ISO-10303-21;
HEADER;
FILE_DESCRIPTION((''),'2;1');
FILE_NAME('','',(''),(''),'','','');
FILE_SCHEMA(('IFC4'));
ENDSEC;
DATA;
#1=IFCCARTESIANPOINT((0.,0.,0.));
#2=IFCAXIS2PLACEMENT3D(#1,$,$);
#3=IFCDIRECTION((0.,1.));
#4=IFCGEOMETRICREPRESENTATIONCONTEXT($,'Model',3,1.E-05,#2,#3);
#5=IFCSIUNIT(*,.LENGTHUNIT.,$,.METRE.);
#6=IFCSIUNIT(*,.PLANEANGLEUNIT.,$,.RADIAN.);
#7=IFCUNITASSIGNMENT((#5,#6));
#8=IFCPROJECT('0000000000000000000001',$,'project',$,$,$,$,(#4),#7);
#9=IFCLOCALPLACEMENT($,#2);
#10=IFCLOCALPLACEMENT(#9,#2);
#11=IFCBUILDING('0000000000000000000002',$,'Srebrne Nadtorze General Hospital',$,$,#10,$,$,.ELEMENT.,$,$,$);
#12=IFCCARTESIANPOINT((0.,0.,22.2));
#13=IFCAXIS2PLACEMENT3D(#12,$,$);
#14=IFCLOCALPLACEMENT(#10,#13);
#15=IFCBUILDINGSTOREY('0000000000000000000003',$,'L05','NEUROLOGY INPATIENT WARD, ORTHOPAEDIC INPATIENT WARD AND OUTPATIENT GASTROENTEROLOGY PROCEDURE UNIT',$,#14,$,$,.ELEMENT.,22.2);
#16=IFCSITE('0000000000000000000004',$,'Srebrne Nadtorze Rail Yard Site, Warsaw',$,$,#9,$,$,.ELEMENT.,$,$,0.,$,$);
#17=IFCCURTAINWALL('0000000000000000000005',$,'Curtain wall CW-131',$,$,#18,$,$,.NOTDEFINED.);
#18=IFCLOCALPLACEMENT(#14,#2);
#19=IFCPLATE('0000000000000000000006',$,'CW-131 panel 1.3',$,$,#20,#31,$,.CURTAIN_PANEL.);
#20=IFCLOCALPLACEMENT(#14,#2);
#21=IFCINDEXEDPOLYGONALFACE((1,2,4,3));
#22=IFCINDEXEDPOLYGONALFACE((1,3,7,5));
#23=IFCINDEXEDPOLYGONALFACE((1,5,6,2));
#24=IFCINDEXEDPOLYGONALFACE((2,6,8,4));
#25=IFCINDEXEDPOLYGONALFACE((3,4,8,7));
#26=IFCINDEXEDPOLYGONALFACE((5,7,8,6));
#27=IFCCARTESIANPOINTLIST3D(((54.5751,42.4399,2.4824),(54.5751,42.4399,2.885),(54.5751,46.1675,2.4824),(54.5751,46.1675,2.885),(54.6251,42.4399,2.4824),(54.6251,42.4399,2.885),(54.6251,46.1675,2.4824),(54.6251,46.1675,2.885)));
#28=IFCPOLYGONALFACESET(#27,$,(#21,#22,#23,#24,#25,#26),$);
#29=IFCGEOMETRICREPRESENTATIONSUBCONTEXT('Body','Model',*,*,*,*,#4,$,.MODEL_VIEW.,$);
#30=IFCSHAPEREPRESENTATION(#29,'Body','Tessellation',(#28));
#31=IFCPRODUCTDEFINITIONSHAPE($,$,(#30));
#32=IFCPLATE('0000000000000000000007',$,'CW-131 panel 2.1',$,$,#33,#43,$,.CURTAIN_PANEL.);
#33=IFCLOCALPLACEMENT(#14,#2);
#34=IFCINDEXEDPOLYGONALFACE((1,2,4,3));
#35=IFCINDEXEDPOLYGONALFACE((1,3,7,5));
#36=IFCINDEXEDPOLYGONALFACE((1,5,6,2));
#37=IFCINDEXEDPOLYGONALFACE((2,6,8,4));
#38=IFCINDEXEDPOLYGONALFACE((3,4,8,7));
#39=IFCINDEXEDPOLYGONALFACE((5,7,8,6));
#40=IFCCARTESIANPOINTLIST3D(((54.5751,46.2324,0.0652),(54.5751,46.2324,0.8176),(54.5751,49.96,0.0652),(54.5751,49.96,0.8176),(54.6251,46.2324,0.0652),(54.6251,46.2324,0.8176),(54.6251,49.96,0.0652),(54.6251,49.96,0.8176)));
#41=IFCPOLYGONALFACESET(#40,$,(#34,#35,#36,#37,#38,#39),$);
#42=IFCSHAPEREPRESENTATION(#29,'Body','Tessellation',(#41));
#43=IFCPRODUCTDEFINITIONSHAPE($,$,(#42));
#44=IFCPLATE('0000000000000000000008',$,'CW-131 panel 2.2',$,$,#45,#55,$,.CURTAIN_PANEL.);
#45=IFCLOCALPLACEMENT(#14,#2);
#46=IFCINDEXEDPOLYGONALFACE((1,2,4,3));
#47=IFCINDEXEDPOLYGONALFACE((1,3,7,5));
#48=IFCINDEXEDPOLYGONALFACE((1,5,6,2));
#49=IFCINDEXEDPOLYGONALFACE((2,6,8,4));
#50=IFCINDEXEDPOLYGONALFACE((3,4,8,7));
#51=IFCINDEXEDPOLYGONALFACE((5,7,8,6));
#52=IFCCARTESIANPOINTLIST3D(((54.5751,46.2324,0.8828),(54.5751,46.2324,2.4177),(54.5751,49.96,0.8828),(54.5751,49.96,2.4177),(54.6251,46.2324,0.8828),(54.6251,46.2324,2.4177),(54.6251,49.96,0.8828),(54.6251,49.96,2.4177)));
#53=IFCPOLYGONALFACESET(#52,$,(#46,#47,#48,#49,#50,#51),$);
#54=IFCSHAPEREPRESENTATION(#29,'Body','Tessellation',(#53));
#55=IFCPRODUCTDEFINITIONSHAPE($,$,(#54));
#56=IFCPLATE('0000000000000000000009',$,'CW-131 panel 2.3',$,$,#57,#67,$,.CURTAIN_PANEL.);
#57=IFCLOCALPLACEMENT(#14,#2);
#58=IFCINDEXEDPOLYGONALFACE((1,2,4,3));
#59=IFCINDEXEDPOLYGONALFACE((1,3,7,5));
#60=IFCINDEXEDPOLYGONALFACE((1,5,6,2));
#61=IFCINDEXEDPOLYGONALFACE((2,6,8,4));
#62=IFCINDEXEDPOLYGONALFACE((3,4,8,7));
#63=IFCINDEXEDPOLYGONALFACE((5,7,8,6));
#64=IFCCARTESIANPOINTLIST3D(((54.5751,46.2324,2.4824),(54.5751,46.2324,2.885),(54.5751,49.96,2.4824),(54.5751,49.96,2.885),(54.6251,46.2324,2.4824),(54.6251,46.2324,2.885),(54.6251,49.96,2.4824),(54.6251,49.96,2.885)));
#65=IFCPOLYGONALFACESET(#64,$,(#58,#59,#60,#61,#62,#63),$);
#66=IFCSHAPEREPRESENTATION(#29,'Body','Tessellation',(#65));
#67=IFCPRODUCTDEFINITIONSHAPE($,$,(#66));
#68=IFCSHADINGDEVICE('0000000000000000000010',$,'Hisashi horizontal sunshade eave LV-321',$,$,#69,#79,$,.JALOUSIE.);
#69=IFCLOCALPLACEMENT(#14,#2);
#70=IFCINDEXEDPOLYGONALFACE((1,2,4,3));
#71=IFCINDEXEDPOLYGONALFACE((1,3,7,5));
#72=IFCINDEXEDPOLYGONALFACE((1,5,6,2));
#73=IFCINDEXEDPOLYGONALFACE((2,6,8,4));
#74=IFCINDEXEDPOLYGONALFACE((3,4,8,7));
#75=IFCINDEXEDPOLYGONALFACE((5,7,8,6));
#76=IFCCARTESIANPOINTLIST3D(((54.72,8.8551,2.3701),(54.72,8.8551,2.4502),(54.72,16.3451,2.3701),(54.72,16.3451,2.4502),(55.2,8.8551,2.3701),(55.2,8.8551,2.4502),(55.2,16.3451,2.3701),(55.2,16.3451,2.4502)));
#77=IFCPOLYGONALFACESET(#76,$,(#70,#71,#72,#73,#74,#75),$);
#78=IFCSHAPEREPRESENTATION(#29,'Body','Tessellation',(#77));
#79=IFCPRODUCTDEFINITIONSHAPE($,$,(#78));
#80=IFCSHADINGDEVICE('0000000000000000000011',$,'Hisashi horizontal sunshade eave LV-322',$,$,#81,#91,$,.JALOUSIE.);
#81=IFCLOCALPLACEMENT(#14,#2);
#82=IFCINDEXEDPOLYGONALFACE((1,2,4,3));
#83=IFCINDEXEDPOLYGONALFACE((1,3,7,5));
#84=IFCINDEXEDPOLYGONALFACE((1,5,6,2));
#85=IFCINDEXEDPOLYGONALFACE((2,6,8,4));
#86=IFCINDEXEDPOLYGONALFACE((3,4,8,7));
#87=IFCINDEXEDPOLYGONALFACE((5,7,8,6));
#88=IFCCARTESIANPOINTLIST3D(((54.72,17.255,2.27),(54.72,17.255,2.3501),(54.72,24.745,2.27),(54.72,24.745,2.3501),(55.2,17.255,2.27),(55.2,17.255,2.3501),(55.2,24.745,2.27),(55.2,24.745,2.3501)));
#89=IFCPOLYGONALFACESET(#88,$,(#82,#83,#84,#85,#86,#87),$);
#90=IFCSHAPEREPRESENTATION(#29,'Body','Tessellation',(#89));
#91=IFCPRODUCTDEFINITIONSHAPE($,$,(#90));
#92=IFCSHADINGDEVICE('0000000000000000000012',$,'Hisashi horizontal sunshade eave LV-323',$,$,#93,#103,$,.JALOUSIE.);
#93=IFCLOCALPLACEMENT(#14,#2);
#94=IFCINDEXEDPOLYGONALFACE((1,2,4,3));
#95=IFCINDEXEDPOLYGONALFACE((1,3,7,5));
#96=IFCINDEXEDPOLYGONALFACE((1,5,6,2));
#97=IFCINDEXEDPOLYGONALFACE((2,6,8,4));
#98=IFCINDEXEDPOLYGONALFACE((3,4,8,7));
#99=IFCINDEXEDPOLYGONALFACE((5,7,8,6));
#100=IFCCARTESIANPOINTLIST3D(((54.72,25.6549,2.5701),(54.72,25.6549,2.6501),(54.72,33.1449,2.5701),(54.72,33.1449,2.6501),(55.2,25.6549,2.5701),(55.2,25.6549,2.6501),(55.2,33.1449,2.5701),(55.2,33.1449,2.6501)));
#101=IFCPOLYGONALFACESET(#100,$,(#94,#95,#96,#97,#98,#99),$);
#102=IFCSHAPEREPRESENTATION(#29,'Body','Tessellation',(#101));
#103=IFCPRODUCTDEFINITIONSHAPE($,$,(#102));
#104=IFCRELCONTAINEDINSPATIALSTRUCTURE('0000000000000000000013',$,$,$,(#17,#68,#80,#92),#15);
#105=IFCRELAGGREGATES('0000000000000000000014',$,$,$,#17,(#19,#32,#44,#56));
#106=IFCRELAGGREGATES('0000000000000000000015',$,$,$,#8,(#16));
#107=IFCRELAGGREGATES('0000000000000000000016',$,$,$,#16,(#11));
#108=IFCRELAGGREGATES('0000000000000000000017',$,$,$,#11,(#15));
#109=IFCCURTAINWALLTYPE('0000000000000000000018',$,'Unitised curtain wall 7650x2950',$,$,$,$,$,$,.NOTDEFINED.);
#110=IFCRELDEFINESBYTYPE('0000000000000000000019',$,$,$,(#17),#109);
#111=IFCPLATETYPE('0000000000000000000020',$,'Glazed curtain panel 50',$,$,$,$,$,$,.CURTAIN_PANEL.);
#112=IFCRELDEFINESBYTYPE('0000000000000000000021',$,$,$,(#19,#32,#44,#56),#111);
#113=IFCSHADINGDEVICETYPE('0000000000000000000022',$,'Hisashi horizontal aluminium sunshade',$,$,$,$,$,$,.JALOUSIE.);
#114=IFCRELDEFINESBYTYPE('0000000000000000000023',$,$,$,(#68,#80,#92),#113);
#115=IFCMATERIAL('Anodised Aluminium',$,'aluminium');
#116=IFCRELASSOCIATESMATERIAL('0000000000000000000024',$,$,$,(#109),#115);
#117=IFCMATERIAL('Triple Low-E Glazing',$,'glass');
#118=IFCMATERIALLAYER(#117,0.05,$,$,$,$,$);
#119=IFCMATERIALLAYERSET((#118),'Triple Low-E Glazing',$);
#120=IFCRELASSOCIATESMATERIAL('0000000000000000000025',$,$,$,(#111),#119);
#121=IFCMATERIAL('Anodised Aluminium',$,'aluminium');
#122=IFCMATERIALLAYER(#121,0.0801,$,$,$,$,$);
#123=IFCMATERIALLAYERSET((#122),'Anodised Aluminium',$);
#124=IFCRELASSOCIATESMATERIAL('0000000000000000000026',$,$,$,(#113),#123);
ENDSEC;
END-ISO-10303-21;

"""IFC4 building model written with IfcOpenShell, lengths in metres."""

from ifc_helpers import new_model, si_unit, direction, frame, origin, origin_2d, place, context, subcontext, project, spatial, rectangle, extrude, material, layer, layer_set, type_object, element, aggregate, save


model = new_model("IFC4")

# Units and contexts
model_context = context("Model", 3, precision=1e-05, world=origin(), true_north=direction((0.0, 1.0)))
body_context = subcontext(model_context, "Body", "Model", "MODEL_VIEW")
ifc_project = project(units=[si_unit("LENGTHUNIT", "METRE"), si_unit("PLANEANGLEUNIT", "RADIAN")], contexts=[model_context])

# Site, building, storey
site_placement = place(None, origin())
site = spatial("IfcSite", under=ifc_project, at=site_placement, Name="Srebrne Nadtorze Rail Yard Site, Warsaw", CompositionType="ELEMENT", RefElevation=0.0)
building_placement = place(site_placement, origin())
building = spatial("IfcBuilding", under=site, at=building_placement, Name="Srebrne Nadtorze General Hospital", CompositionType="ELEMENT")
storey_placement = place(building_placement, frame((0.0, 0.0, 22.2)))
storey = spatial("IfcBuildingStorey", under=building, at=storey_placement, Name="L05", Description="NEUROLOGY INPATIENT WARD, ORTHOPAEDIC INPATIENT WARD AND OUTPATIENT GASTROENTEROLOGY PROCEDURE UNIT", CompositionType="ELEMENT", Elevation=22.2)

# Curtain wall
ifc_material_1 = material(Name="Anodised Aluminium", Category="aluminium")
curtain_wall_type_1 = type_object("IfcCurtainWallType", Name="Unitised curtain wall 7650x2950", PredefinedType="NOTDEFINED", material=ifc_material_1)
curtain_wall_1_placement = place(storey_placement, origin())
curtain_wall_1 = element("IfcCurtainWall", 1, at=curtain_wall_1_placement, inside=storey, type_object=curtain_wall_type_1, Name="Curtain wall CW-131", PredefinedType="NOTDEFINED")

# Plates
ifc_material_2 = material(Name="Triple Low-E Glazing", Category="glass")
ifc_layer_1 = layer(ifc_material_2, 0.05)
ifc_layer_set_1 = layer_set([ifc_layer_1], Name="Triple Low-E Glazing")
plate_type = type_object("IfcPlateType", Name="Glazed curtain panel 50", PredefinedType="CURTAIN_PANEL", material=ifc_layer_set_1)
plate_1_placement = place(storey_placement, frame((54.6001, 44.3037, 2.4824), z_axis=(0.0, 0.0, 1.0), x_axis=(0.0, 1.0, 0.0)))
plate_1 = element("IfcPlate", 2, at=plate_1_placement, type_object=plate_type, Name="CW-131 panel 1.3", PredefinedType="CURTAIN_PANEL", context=body_context, shape_type="SweptSolid", body=[
    extrude(rectangle(XDim=3.7275, YDim=0.05, at=origin_2d()), origin(), (0.0, 0.0, 1.0), 0.4026),
])
plate_2_placement = place(storey_placement, frame((54.6001, 48.0962, 0.0652), z_axis=(0.0, 0.0, 1.0), x_axis=(0.0, 1.0, 0.0)))
plate_2 = element("IfcPlate", 3, at=plate_2_placement, type_object=plate_type, Name="CW-131 panel 2.1", PredefinedType="CURTAIN_PANEL", context=body_context, shape_type="SweptSolid", body=[
    extrude(rectangle(XDim=3.7275, YDim=0.05, at=origin_2d()), origin(), (0.0, 0.0, 1.0), 0.7524),
])
plate_3_placement = place(storey_placement, frame((54.6001, 48.0962, 0.8828), z_axis=(0.0, 0.0, 1.0), x_axis=(0.0, 1.0, 0.0)))
plate_3 = element("IfcPlate", 4, at=plate_3_placement, type_object=plate_type, Name="CW-131 panel 2.2", PredefinedType="CURTAIN_PANEL", context=body_context, shape_type="SweptSolid", body=[
    extrude(rectangle(XDim=3.7275, YDim=0.05, at=origin_2d()), origin(), (0.0, 0.0, 1.0), 1.5349),
])
plate_4_placement = place(storey_placement, frame((54.6001, 48.0962, 2.4824), z_axis=(0.0, 0.0, 1.0), x_axis=(0.0, 1.0, 0.0)))
plate_4 = element("IfcPlate", 5, at=plate_4_placement, type_object=plate_type, Name="CW-131 panel 2.3", PredefinedType="CURTAIN_PANEL", context=body_context, shape_type="SweptSolid", body=[
    extrude(rectangle(XDim=3.7275, YDim=0.05, at=origin_2d()), origin(), (0.0, 0.0, 1.0), 0.4026),
])
aggregate(curtain_wall_1, [plate_1, plate_2, plate_3, plate_4])

# Shading devices
ifc_material_3 = material(Name="Anodised Aluminium", Category="aluminium")
ifc_layer_2 = layer(ifc_material_3, 0.0801)
ifc_layer_set_2 = layer_set([ifc_layer_2], Name="Anodised Aluminium")
shading_device_type = type_object("IfcShadingDeviceType", Name="Hisashi horizontal aluminium sunshade", PredefinedType="JALOUSIE", material=ifc_layer_set_2)
for number, where, z_axis, x_axis, name in (
    (6, (54.96, 12.6001, 2.3701), (0.0, 0.0, 1.0), (1.0, 0.0, 0.0), "Hisashi horizontal sunshade eave LV-321"),
    (7, (54.96, 21.0, 2.27), (0.0, 0.0, 1.0), (1.0, 0.0, 0.0), "Hisashi horizontal sunshade eave LV-322"),
    (8, (54.96, 29.3999, 2.5701), (0.0, 0.0, 1.0), (1.0, 0.0, 0.0), "Hisashi horizontal sunshade eave LV-323"),
):
    element("IfcShadingDevice", number, at=place(storey_placement, frame(where, z_axis=z_axis, x_axis=x_axis)), inside=storey, type_object=shading_device_type, Name=name, PredefinedType="JALOUSIE", context=body_context, shape_type="SweptSolid", body=[
        extrude(rectangle(XDim=0.48, YDim=7.49, at=origin_2d()), origin(), (0.0, 0.0, 1.0), 0.0801),
    ])

save(model, "model.ifc")
